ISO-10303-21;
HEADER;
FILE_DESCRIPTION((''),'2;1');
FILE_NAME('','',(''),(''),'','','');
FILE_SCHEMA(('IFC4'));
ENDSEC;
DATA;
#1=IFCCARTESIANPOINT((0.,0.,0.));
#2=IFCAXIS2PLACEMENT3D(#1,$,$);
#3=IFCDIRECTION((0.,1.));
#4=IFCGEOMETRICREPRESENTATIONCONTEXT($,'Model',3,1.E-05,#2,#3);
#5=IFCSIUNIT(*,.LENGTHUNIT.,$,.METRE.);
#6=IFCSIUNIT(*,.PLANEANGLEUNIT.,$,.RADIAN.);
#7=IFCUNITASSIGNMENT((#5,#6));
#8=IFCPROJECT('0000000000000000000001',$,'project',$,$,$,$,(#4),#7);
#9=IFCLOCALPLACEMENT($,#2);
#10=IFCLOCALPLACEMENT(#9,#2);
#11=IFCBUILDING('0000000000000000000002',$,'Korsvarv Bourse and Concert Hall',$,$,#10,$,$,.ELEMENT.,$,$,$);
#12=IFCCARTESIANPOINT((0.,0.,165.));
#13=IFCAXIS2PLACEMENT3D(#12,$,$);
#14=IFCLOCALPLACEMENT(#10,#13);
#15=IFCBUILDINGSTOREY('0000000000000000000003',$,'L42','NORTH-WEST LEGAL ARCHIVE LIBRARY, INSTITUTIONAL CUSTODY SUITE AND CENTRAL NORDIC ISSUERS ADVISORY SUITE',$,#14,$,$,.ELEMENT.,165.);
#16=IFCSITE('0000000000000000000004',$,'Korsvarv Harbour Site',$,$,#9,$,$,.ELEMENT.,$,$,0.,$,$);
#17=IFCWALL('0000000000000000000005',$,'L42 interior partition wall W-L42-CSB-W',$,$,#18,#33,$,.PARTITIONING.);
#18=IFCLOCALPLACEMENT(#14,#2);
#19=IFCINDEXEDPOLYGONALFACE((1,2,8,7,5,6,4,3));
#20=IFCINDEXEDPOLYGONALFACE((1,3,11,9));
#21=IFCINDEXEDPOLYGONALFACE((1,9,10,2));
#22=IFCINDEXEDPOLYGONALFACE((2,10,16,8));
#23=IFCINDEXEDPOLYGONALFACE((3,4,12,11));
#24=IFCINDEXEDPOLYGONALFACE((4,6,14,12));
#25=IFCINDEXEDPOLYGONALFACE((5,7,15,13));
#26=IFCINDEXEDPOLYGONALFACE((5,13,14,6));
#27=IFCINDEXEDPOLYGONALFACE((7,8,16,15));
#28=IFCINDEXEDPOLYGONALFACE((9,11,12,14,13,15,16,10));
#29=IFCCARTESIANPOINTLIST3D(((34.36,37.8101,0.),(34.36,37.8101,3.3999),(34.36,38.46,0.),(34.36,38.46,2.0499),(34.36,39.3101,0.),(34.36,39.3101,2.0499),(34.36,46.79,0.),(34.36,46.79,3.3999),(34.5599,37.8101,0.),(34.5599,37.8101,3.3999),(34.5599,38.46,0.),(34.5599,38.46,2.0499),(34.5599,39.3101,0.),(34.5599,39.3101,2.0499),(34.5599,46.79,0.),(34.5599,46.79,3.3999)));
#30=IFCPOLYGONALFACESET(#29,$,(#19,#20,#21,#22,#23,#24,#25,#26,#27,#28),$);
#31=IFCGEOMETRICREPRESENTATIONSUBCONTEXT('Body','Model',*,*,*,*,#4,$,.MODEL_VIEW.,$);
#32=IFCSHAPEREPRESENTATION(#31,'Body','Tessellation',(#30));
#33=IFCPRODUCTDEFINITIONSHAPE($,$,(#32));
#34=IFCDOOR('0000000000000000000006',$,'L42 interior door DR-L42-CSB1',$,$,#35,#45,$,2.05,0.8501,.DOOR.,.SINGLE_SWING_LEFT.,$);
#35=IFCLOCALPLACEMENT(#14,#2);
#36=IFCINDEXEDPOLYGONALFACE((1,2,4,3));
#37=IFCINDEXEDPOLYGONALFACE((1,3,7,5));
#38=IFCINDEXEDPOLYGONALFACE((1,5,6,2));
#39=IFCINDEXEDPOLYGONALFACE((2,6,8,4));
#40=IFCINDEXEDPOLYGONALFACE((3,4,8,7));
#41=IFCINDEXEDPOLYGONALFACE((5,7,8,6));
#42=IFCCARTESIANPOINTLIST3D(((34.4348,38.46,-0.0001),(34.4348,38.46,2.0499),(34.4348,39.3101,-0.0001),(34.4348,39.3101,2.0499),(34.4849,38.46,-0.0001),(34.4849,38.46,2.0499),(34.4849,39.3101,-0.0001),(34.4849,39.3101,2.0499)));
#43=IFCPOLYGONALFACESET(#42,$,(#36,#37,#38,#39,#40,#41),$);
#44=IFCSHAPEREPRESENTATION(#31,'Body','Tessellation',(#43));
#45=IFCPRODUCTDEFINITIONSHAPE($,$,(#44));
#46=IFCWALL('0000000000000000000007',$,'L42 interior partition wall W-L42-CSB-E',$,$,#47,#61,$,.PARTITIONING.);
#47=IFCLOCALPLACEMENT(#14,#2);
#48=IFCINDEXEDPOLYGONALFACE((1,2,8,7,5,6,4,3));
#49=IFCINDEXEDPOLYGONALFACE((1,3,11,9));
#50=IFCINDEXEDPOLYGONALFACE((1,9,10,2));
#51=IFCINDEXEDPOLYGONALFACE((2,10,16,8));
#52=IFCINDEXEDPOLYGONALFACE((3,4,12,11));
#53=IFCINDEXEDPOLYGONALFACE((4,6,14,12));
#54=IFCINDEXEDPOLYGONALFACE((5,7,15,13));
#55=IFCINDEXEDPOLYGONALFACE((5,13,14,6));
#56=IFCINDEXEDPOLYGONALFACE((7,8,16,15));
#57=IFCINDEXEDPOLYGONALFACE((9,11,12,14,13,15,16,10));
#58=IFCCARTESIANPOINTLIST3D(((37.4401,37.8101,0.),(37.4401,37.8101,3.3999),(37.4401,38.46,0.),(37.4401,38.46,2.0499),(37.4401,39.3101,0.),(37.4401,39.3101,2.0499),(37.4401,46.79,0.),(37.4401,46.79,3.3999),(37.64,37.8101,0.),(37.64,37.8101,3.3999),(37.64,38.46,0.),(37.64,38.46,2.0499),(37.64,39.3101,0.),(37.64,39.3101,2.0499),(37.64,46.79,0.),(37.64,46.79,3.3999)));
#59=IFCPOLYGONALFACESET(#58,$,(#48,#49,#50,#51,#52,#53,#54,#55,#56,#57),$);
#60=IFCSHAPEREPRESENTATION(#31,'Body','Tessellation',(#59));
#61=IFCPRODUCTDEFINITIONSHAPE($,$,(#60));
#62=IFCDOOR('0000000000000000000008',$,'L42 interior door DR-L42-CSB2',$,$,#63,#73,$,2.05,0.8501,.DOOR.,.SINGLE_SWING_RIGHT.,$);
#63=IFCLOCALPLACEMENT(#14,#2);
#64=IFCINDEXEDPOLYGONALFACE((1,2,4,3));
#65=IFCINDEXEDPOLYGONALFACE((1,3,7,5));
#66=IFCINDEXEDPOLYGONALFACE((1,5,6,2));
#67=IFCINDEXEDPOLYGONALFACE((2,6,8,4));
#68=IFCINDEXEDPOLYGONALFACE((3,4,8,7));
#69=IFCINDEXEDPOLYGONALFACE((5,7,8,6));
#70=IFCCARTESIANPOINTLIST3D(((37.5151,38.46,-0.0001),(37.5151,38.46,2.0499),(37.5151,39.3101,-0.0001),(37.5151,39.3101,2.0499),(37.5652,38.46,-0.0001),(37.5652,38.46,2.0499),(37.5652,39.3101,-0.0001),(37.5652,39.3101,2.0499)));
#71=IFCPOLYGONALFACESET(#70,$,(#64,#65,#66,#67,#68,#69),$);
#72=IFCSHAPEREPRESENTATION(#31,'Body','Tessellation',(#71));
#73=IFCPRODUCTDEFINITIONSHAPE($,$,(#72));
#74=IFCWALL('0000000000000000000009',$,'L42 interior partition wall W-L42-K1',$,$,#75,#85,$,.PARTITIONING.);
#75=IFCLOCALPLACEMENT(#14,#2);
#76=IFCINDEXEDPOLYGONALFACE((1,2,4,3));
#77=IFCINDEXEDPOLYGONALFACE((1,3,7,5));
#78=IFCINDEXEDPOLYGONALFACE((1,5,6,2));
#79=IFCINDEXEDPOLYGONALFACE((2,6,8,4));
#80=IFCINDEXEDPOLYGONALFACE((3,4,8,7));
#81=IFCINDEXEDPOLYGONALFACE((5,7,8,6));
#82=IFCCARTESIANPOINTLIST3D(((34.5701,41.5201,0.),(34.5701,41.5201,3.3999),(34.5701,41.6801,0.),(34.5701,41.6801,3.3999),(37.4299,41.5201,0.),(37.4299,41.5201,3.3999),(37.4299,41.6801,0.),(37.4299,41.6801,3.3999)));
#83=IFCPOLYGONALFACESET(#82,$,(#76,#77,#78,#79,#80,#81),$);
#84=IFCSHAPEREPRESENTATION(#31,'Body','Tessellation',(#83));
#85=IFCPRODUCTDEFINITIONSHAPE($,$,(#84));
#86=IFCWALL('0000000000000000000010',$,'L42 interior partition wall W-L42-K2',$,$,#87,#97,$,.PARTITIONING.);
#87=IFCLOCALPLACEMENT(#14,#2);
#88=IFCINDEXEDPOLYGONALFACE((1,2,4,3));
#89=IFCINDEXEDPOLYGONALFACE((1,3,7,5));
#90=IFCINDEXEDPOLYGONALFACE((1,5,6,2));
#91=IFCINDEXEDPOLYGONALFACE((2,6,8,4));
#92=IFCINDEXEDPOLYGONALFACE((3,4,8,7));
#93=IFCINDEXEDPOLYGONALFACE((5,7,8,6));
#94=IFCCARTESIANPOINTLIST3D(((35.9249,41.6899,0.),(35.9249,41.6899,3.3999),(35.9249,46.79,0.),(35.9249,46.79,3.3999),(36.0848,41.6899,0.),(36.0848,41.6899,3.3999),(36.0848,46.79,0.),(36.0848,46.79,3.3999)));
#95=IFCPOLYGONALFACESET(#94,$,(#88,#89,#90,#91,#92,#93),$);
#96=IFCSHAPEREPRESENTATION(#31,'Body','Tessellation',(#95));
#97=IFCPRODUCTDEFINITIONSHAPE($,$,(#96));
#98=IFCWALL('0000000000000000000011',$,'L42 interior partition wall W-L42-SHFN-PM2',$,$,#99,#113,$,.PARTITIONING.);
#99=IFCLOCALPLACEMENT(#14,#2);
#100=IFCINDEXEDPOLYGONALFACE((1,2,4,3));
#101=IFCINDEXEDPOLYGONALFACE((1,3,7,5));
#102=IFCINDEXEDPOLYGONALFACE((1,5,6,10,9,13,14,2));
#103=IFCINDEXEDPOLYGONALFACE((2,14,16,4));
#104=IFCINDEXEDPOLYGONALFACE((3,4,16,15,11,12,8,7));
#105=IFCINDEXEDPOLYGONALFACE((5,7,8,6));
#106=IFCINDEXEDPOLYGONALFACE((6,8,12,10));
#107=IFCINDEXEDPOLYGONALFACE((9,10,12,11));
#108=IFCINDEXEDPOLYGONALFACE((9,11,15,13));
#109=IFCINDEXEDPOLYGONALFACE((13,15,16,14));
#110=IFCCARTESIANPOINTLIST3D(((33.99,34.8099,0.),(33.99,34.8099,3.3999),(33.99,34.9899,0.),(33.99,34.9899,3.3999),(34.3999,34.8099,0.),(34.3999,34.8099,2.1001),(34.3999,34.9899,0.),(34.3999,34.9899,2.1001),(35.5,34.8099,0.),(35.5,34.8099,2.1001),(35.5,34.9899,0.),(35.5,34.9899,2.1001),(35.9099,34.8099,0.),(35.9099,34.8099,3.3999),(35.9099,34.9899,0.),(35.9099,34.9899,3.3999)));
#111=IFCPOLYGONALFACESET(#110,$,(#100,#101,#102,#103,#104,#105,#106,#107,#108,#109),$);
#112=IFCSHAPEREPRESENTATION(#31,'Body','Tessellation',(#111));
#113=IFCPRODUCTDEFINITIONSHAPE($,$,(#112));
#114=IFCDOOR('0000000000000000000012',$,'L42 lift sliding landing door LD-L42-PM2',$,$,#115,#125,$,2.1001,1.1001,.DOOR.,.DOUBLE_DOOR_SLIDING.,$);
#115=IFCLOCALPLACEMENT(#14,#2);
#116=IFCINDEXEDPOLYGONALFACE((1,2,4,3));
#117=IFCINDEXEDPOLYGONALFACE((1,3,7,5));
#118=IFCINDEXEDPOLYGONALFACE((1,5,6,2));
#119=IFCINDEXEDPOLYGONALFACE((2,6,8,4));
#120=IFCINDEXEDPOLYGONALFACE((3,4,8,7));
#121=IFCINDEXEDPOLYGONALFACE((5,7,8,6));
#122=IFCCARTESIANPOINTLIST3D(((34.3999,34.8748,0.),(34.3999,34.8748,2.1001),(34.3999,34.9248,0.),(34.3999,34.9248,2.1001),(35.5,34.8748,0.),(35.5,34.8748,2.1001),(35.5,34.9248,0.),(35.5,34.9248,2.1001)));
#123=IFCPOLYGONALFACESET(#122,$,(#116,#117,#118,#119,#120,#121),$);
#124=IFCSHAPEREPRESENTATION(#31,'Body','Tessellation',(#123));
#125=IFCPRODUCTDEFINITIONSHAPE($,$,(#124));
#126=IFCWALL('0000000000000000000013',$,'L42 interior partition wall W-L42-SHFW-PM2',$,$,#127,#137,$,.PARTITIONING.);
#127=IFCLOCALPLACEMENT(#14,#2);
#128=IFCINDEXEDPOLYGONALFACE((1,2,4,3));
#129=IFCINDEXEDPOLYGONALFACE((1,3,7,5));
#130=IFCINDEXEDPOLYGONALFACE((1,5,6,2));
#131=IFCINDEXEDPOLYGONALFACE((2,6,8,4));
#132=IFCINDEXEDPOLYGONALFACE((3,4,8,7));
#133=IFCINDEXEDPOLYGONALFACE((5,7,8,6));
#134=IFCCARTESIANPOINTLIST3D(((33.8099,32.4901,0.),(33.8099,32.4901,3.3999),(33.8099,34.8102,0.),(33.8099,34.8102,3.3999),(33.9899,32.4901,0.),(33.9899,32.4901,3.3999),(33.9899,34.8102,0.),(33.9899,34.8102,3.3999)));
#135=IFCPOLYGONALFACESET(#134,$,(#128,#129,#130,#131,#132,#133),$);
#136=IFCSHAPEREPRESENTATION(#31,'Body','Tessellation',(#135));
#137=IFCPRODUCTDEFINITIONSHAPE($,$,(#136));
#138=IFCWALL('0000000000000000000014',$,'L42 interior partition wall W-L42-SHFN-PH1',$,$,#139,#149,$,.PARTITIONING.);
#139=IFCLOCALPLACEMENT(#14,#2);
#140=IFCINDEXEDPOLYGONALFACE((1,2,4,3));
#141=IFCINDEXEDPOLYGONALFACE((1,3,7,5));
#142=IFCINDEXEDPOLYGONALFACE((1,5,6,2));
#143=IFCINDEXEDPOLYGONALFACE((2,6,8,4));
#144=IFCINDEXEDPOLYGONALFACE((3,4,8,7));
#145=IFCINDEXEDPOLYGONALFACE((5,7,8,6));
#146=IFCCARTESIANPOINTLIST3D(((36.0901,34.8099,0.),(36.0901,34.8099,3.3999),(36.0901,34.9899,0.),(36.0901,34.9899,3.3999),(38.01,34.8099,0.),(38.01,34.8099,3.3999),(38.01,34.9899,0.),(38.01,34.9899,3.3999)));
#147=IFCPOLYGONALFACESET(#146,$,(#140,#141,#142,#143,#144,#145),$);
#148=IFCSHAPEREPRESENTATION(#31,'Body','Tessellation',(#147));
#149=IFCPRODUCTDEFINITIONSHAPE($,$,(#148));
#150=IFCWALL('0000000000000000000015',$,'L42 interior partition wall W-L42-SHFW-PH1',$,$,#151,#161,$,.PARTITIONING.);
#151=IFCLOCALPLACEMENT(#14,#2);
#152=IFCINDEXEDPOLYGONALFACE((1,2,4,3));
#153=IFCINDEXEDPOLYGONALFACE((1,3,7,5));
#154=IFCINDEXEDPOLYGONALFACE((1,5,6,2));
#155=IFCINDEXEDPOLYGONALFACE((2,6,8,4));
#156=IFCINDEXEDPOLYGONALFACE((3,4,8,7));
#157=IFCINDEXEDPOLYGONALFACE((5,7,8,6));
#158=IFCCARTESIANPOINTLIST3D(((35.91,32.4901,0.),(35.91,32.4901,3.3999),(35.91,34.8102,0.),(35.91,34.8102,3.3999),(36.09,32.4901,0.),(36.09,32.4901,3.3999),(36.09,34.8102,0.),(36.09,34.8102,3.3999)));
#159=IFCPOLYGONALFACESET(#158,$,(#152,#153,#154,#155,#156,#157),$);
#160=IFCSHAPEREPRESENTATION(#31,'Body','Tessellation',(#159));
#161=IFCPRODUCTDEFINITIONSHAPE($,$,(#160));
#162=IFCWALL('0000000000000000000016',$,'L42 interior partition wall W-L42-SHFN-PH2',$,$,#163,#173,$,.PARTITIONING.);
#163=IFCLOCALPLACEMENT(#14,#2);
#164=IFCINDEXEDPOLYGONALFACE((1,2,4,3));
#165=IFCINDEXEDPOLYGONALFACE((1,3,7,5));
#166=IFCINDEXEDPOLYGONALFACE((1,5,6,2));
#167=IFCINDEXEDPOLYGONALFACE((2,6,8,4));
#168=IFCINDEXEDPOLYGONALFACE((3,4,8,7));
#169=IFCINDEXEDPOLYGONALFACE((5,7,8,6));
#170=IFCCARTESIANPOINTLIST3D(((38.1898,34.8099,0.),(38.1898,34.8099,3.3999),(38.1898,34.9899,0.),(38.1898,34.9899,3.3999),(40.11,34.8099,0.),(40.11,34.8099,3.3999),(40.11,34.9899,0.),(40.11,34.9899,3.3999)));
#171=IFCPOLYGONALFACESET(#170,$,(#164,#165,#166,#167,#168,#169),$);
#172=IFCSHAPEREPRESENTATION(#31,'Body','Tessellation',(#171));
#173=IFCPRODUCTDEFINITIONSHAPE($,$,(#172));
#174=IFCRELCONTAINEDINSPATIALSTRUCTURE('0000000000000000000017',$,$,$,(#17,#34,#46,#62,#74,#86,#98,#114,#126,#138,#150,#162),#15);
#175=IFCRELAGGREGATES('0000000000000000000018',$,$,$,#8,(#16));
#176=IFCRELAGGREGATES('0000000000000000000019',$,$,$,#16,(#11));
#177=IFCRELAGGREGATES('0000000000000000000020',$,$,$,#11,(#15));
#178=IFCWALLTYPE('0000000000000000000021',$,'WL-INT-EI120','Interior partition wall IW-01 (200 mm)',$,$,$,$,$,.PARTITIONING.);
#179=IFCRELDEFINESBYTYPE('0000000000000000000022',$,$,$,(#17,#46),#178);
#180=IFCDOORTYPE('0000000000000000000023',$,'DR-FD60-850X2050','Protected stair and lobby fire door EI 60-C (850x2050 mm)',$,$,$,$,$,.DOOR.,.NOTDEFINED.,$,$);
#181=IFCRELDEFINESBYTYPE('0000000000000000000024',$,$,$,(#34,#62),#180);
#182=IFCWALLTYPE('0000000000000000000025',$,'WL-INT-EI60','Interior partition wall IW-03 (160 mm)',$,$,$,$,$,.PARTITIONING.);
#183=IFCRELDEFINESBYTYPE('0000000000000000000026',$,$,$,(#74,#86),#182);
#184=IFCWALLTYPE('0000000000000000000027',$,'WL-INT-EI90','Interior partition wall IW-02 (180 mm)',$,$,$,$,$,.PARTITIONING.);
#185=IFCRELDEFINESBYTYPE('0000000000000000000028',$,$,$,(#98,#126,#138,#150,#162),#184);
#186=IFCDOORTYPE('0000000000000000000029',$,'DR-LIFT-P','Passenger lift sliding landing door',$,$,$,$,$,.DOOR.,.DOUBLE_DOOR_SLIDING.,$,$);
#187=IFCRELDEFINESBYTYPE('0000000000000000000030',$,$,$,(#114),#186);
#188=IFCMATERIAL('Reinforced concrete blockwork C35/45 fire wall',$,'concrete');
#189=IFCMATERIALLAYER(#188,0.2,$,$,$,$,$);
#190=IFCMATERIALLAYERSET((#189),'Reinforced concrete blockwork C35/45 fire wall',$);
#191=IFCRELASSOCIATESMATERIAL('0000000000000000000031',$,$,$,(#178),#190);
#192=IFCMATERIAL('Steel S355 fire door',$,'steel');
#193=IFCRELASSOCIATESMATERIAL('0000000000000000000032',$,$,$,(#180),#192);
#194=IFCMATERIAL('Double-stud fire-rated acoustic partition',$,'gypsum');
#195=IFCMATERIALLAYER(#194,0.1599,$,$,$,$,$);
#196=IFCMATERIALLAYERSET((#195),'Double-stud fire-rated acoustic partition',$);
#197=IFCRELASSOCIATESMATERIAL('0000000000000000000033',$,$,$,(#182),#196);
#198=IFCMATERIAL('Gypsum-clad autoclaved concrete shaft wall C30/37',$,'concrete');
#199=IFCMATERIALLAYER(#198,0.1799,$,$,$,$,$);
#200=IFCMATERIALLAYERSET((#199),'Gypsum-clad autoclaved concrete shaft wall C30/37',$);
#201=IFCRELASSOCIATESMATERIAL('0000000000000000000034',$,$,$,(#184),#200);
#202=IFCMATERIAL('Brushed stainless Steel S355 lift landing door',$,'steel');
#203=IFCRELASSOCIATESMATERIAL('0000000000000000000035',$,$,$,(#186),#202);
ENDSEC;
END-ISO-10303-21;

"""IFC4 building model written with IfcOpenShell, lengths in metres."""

from ifc_helpers import new_model, si_unit, direction, frame, frame_2d, origin, place, context, subcontext, project, spatial, rectangle, extrude, material, layer, layer_set, type_object, element, fill, save


model = new_model("IFC4")

# Units and contexts
model_context = context("Model", 3, precision=1e-05, world=origin(), true_north=direction((0.0, 1.0)))
body_context = subcontext(model_context, "Body", "Model", "MODEL_VIEW")
ifc_project = project(units=[si_unit("LENGTHUNIT", "METRE"), si_unit("PLANEANGLEUNIT", "RADIAN")], contexts=[model_context])

# Site, building, storey
site_placement = place(None, origin())
site = spatial("IfcSite", under=ifc_project, at=site_placement, Name="Korsvarv Harbour Site", CompositionType="ELEMENT", RefElevation=0.0)
building_placement = place(site_placement, origin())
building = spatial("IfcBuilding", under=site, at=building_placement, Name="Korsvarv Bourse and Concert Hall", CompositionType="ELEMENT")
storey_placement = place(building_placement, frame((0.0, 0.0, 165.0)))
storey = spatial("IfcBuildingStorey", under=building, at=storey_placement, Name="L42", Description="NORTH-WEST LEGAL ARCHIVE LIBRARY, INSTITUTIONAL CUSTODY SUITE AND CENTRAL NORDIC ISSUERS ADVISORY SUITE", CompositionType="ELEMENT", Elevation=165.0)

# Walls, openings, doors
ifc_material_1 = material(Name="Reinforced concrete blockwork C35/45 fire wall", Category="concrete")
ifc_layer_1 = layer(ifc_material_1, 0.2)
ifc_layer_set_1 = layer_set([ifc_layer_1], Name="Reinforced concrete blockwork C35/45 fire wall")
wall_type_1 = type_object("IfcWallType", Name="WL-INT-EI120", Description="Interior partition wall IW-01 (200 mm)", PredefinedType="PARTITIONING", material=ifc_layer_set_1)
wall_1_placement = place(storey_placement, frame((34.46, 37.8101, 0.0), z_axis=(0.0, 0.0, 1.0), x_axis=(0.0, 1.0, 0.0)))
wall_1 = element("IfcWall", 1, at=wall_1_placement, inside=storey, type_object=wall_type_1, Name="L42 interior partition wall W-L42-CSB-W", PredefinedType="PARTITIONING", context=body_context, shape_type="SweptSolid", body=[
    extrude(rectangle(XDim=8.98, YDim=0.2, at=frame_2d((4.49, 0.0))), origin(), (0.0, 0.0, 1.0), 3.3999),
])
opening_1_placement = place(wall_1_placement, frame((0.6499, 0.0, 0.0)))
opening_1 = element("IfcOpeningElement", 2, at=opening_1_placement, cuts=wall_1, PredefinedType="OPENING", context=body_context, shape_type="SweptSolid", body=[
    extrude(rectangle(XDim=0.8501, YDim=2.05, at=frame_2d((0.425, 1.0249))), frame((0.0, 0.1099, 0.0), z_axis=(0.0, -1.0, 0.0), x_axis=(1.0, 0.0, 0.0)), (0.0, 0.0, 1.0), 0.22),
])
ifc_material_2 = material(Name="Steel S355 fire door", Category="steel")
door_type_1 = type_object("IfcDoorType", Name="DR-FD60-850X2050", Description="Protected stair and lobby fire door EI 60-C (850x2050 mm)", OperationType="NOTDEFINED", PredefinedType="DOOR", material=ifc_material_2)
door_1_placement = place(opening_1_placement, frame((0.8501, 0.0, 0.0), z_axis=(0.0, 0.0, 1.0), x_axis=(-1.0, 0.0, 0.0)))
door_1 = element("IfcDoor", 3, at=door_1_placement, inside=storey, type_object=door_type_1, Name="L42 interior door DR-L42-CSB1", OperationType="SINGLE_SWING_LEFT", OverallHeight=2.05, OverallWidth=0.8501, PredefinedType="DOOR", context=body_context, shape_type="SweptSolid", body=[
    extrude(rectangle(XDim=0.8501, YDim=2.05, at=frame_2d((0.425, 1.0249))), frame((0.0, 0.0249, 0.0), z_axis=(0.0, -1.0, 0.0), x_axis=(1.0, 0.0, 0.0)), (0.0, 0.0, 1.0), 0.05),
])
fill(opening_1, door_1)
wall_2_placement = place(storey_placement, frame((37.54, 37.8101, 0.0), z_axis=(0.0, 0.0, 1.0), x_axis=(0.0, 1.0, 0.0)))
wall_2 = element("IfcWall", 4, at=wall_2_placement, inside=storey, type_object=wall_type_1, Name="L42 interior partition wall W-L42-CSB-E", PredefinedType="PARTITIONING", context=body_context, shape_type="SweptSolid", body=[
    extrude(rectangle(XDim=8.98, YDim=0.2, at=frame_2d((4.49, 0.0))), origin(), (0.0, 0.0, 1.0), 3.3999),
])
opening_2_placement = place(wall_2_placement, frame((0.6499, 0.0, 0.0)))
opening_2 = element("IfcOpeningElement", 5, at=opening_2_placement, cuts=wall_2, PredefinedType="OPENING", context=body_context, shape_type="SweptSolid", body=[
    extrude(rectangle(XDim=0.8501, YDim=2.05, at=frame_2d((0.425, 1.0249))), frame((0.0, 0.1099, 0.0), z_axis=(0.0, -1.0, 0.0), x_axis=(1.0, 0.0, 0.0)), (0.0, 0.0, 1.0), 0.22),
])
door_2_placement = place(opening_2_placement, origin())
door_2 = element("IfcDoor", 6, at=door_2_placement, inside=storey, type_object=door_type_1, Name="L42 interior door DR-L42-CSB2", OperationType="SINGLE_SWING_RIGHT", OverallHeight=2.05, OverallWidth=0.8501, PredefinedType="DOOR", context=body_context, shape_type="SweptSolid", body=[
    extrude(rectangle(XDim=0.8501, YDim=2.05, at=frame_2d((0.425, 1.0249))), frame((0.0, 0.0249, 0.0), z_axis=(0.0, -1.0, 0.0), x_axis=(1.0, 0.0, 0.0)), (0.0, 0.0, 1.0), 0.05),
])
fill(opening_2, door_2)

# Walls
ifc_material_3 = material(Name="Double-stud fire-rated acoustic partition", Category="gypsum")
ifc_layer_2 = layer(ifc_material_3, 0.1599)
ifc_layer_set_2 = layer_set([ifc_layer_2], Name="Double-stud fire-rated acoustic partition")
wall_type_2 = type_object("IfcWallType", Name="WL-INT-EI60", Description="Interior partition wall IW-03 (160 mm)", PredefinedType="PARTITIONING", material=ifc_layer_set_2)
wall_3_placement = place(storey_placement, frame((34.5701, 41.6001, 0.0), z_axis=(0.0, 0.0, 1.0), x_axis=(1.0, 0.0, 0.0)))
element("IfcWall", 7, at=wall_3_placement, inside=storey, type_object=wall_type_2, Name="L42 interior partition wall W-L42-K1", PredefinedType="PARTITIONING", context=body_context, shape_type="SweptSolid", body=[
    extrude(rectangle(XDim=2.8599, YDim=0.1599, at=frame_2d((1.4299, 0.0))), origin(), (0.0, 0.0, 1.0), 3.3999),
])
wall_4_placement = place(storey_placement, frame((36.0049, 41.6899, 0.0), z_axis=(0.0, 0.0, 1.0), x_axis=(0.0, 1.0, 0.0)))
element("IfcWall", 8, at=wall_4_placement, inside=storey, type_object=wall_type_2, Name="L42 interior partition wall W-L42-K2", PredefinedType="PARTITIONING", context=body_context, shape_type="SweptSolid", body=[
    extrude(rectangle(XDim=5.1001, YDim=0.1599, at=frame_2d((2.55, 0.0))), origin(), (0.0, 0.0, 1.0), 3.3999),
])

# Wall, opening, door
ifc_material_4 = material(Name="Gypsum-clad autoclaved concrete shaft wall C30/37", Category="concrete")
ifc_layer_3 = layer(ifc_material_4, 0.1799)
ifc_layer_set_3 = layer_set([ifc_layer_3], Name="Gypsum-clad autoclaved concrete shaft wall C30/37")
wall_type_3 = type_object("IfcWallType", Name="WL-INT-EI90", Description="Interior partition wall IW-02 (180 mm)", PredefinedType="PARTITIONING", material=ifc_layer_set_3)
wall_5_placement = place(storey_placement, frame((33.99, 34.8999, 0.0), z_axis=(0.0, 0.0, 1.0), x_axis=(1.0, 0.0, 0.0)))
wall_5 = element("IfcWall", 9, at=wall_5_placement, inside=storey, type_object=wall_type_3, Name="L42 interior partition wall W-L42-SHFN-PM2", PredefinedType="PARTITIONING", context=body_context, shape_type="SweptSolid", body=[
    extrude(rectangle(XDim=1.9199, YDim=0.1799, at=frame_2d((0.96, 0.0))), origin(), (0.0, 0.0, 1.0), 3.3999),
])
opening_3_placement = place(wall_5_placement, frame((0.4099, 0.0, 0.0)))
opening_3 = element("IfcOpeningElement", 10, at=opening_3_placement, cuts=wall_5, PredefinedType="OPENING", context=body_context, shape_type="SweptSolid", body=[
    extrude(rectangle(XDim=1.1001, YDim=2.1001, at=frame_2d((0.55, 1.05))), frame((0.0, 0.1001, 0.0), z_axis=(0.0, -1.0, 0.0), x_axis=(1.0, 0.0, 0.0)), (0.0, 0.0, 1.0), 0.2),
])
ifc_material_5 = material(Name="Brushed stainless Steel S355 lift landing door", Category="steel")
door_type_2 = type_object("IfcDoorType", Name="DR-LIFT-P", Description="Passenger lift sliding landing door", OperationType="DOUBLE_DOOR_SLIDING", PredefinedType="DOOR", material=ifc_material_5)
door_3_placement = place(opening_3_placement, origin())
door_3 = element("IfcDoor", 11, at=door_3_placement, inside=storey, type_object=door_type_2, Name="L42 lift sliding landing door LD-L42-PM2", OperationType="DOUBLE_DOOR_SLIDING", OverallHeight=2.1001, OverallWidth=1.1001, PredefinedType="DOOR", context=body_context, shape_type="SweptSolid", body=[
    extrude(rectangle(XDim=1.1001, YDim=2.1001, at=frame_2d((0.55, 1.05))), frame((0.0, 0.0249, 0.0), z_axis=(0.0, -1.0, 0.0), x_axis=(1.0, 0.0, 0.0)), (0.0, 0.0, 1.0), 0.05),
])
fill(opening_3, door_3)

# Walls
wall_6_placement = place(storey_placement, frame((33.8999, 32.49, 0.0), z_axis=(0.0, 0.0, 1.0), x_axis=(0.0, 1.0, 0.0)))
element("IfcWall", 12, at=wall_6_placement, inside=storey, type_object=wall_type_3, Name="L42 interior partition wall W-L42-SHFW-PM2", PredefinedType="PARTITIONING", context=body_context, shape_type="SweptSolid", body=[
    extrude(rectangle(XDim=2.3201, YDim=0.1799, at=frame_2d((1.1602, 0.0))), origin(), (0.0, 0.0, 1.0), 3.3999),
])
wall_7_placement = place(storey_placement, frame((36.0901, 34.8999, 0.0), z_axis=(0.0, 0.0, 1.0), x_axis=(1.0, 0.0, 0.0)))
element("IfcWall", 13, at=wall_7_placement, inside=storey, type_object=wall_type_3, Name="L42 interior partition wall W-L42-SHFN-PH1", PredefinedType="PARTITIONING", context=body_context, shape_type="SweptSolid", body=[
    extrude(rectangle(XDim=1.9199, YDim=0.1799, at=frame_2d((0.96, 0.0))), origin(), (0.0, 0.0, 1.0), 3.3999),
])
wall_8_placement = place(storey_placement, frame((36.0, 32.49, 0.0), z_axis=(0.0, 0.0, 1.0), x_axis=(0.0, 1.0, 0.0)))
element("IfcWall", 14, at=wall_8_placement, inside=storey, type_object=wall_type_3, Name="L42 interior partition wall W-L42-SHFW-PH1", PredefinedType="PARTITIONING", context=body_context, shape_type="SweptSolid", body=[
    extrude(rectangle(XDim=2.3201, YDim=0.1799, at=frame_2d((1.1602, 0.0))), origin(), (0.0, 0.0, 1.0), 3.3999),
])
wall_9_placement = place(storey_placement, frame((38.1899, 34.8999, 0.0), z_axis=(0.0, 0.0, 1.0), x_axis=(1.0, 0.0, 0.0)))
element("IfcWall", 15, at=wall_9_placement, inside=storey, type_object=wall_type_3, Name="L42 interior partition wall W-L42-SHFN-PH2", PredefinedType="PARTITIONING", context=body_context, shape_type="SweptSolid", body=[
    extrude(rectangle(XDim=1.9202, YDim=0.1799, at=frame_2d((0.96, 0.0))), origin(), (0.0, 0.0, 1.0), 3.3999),
])

save(model, "model.ifc")
